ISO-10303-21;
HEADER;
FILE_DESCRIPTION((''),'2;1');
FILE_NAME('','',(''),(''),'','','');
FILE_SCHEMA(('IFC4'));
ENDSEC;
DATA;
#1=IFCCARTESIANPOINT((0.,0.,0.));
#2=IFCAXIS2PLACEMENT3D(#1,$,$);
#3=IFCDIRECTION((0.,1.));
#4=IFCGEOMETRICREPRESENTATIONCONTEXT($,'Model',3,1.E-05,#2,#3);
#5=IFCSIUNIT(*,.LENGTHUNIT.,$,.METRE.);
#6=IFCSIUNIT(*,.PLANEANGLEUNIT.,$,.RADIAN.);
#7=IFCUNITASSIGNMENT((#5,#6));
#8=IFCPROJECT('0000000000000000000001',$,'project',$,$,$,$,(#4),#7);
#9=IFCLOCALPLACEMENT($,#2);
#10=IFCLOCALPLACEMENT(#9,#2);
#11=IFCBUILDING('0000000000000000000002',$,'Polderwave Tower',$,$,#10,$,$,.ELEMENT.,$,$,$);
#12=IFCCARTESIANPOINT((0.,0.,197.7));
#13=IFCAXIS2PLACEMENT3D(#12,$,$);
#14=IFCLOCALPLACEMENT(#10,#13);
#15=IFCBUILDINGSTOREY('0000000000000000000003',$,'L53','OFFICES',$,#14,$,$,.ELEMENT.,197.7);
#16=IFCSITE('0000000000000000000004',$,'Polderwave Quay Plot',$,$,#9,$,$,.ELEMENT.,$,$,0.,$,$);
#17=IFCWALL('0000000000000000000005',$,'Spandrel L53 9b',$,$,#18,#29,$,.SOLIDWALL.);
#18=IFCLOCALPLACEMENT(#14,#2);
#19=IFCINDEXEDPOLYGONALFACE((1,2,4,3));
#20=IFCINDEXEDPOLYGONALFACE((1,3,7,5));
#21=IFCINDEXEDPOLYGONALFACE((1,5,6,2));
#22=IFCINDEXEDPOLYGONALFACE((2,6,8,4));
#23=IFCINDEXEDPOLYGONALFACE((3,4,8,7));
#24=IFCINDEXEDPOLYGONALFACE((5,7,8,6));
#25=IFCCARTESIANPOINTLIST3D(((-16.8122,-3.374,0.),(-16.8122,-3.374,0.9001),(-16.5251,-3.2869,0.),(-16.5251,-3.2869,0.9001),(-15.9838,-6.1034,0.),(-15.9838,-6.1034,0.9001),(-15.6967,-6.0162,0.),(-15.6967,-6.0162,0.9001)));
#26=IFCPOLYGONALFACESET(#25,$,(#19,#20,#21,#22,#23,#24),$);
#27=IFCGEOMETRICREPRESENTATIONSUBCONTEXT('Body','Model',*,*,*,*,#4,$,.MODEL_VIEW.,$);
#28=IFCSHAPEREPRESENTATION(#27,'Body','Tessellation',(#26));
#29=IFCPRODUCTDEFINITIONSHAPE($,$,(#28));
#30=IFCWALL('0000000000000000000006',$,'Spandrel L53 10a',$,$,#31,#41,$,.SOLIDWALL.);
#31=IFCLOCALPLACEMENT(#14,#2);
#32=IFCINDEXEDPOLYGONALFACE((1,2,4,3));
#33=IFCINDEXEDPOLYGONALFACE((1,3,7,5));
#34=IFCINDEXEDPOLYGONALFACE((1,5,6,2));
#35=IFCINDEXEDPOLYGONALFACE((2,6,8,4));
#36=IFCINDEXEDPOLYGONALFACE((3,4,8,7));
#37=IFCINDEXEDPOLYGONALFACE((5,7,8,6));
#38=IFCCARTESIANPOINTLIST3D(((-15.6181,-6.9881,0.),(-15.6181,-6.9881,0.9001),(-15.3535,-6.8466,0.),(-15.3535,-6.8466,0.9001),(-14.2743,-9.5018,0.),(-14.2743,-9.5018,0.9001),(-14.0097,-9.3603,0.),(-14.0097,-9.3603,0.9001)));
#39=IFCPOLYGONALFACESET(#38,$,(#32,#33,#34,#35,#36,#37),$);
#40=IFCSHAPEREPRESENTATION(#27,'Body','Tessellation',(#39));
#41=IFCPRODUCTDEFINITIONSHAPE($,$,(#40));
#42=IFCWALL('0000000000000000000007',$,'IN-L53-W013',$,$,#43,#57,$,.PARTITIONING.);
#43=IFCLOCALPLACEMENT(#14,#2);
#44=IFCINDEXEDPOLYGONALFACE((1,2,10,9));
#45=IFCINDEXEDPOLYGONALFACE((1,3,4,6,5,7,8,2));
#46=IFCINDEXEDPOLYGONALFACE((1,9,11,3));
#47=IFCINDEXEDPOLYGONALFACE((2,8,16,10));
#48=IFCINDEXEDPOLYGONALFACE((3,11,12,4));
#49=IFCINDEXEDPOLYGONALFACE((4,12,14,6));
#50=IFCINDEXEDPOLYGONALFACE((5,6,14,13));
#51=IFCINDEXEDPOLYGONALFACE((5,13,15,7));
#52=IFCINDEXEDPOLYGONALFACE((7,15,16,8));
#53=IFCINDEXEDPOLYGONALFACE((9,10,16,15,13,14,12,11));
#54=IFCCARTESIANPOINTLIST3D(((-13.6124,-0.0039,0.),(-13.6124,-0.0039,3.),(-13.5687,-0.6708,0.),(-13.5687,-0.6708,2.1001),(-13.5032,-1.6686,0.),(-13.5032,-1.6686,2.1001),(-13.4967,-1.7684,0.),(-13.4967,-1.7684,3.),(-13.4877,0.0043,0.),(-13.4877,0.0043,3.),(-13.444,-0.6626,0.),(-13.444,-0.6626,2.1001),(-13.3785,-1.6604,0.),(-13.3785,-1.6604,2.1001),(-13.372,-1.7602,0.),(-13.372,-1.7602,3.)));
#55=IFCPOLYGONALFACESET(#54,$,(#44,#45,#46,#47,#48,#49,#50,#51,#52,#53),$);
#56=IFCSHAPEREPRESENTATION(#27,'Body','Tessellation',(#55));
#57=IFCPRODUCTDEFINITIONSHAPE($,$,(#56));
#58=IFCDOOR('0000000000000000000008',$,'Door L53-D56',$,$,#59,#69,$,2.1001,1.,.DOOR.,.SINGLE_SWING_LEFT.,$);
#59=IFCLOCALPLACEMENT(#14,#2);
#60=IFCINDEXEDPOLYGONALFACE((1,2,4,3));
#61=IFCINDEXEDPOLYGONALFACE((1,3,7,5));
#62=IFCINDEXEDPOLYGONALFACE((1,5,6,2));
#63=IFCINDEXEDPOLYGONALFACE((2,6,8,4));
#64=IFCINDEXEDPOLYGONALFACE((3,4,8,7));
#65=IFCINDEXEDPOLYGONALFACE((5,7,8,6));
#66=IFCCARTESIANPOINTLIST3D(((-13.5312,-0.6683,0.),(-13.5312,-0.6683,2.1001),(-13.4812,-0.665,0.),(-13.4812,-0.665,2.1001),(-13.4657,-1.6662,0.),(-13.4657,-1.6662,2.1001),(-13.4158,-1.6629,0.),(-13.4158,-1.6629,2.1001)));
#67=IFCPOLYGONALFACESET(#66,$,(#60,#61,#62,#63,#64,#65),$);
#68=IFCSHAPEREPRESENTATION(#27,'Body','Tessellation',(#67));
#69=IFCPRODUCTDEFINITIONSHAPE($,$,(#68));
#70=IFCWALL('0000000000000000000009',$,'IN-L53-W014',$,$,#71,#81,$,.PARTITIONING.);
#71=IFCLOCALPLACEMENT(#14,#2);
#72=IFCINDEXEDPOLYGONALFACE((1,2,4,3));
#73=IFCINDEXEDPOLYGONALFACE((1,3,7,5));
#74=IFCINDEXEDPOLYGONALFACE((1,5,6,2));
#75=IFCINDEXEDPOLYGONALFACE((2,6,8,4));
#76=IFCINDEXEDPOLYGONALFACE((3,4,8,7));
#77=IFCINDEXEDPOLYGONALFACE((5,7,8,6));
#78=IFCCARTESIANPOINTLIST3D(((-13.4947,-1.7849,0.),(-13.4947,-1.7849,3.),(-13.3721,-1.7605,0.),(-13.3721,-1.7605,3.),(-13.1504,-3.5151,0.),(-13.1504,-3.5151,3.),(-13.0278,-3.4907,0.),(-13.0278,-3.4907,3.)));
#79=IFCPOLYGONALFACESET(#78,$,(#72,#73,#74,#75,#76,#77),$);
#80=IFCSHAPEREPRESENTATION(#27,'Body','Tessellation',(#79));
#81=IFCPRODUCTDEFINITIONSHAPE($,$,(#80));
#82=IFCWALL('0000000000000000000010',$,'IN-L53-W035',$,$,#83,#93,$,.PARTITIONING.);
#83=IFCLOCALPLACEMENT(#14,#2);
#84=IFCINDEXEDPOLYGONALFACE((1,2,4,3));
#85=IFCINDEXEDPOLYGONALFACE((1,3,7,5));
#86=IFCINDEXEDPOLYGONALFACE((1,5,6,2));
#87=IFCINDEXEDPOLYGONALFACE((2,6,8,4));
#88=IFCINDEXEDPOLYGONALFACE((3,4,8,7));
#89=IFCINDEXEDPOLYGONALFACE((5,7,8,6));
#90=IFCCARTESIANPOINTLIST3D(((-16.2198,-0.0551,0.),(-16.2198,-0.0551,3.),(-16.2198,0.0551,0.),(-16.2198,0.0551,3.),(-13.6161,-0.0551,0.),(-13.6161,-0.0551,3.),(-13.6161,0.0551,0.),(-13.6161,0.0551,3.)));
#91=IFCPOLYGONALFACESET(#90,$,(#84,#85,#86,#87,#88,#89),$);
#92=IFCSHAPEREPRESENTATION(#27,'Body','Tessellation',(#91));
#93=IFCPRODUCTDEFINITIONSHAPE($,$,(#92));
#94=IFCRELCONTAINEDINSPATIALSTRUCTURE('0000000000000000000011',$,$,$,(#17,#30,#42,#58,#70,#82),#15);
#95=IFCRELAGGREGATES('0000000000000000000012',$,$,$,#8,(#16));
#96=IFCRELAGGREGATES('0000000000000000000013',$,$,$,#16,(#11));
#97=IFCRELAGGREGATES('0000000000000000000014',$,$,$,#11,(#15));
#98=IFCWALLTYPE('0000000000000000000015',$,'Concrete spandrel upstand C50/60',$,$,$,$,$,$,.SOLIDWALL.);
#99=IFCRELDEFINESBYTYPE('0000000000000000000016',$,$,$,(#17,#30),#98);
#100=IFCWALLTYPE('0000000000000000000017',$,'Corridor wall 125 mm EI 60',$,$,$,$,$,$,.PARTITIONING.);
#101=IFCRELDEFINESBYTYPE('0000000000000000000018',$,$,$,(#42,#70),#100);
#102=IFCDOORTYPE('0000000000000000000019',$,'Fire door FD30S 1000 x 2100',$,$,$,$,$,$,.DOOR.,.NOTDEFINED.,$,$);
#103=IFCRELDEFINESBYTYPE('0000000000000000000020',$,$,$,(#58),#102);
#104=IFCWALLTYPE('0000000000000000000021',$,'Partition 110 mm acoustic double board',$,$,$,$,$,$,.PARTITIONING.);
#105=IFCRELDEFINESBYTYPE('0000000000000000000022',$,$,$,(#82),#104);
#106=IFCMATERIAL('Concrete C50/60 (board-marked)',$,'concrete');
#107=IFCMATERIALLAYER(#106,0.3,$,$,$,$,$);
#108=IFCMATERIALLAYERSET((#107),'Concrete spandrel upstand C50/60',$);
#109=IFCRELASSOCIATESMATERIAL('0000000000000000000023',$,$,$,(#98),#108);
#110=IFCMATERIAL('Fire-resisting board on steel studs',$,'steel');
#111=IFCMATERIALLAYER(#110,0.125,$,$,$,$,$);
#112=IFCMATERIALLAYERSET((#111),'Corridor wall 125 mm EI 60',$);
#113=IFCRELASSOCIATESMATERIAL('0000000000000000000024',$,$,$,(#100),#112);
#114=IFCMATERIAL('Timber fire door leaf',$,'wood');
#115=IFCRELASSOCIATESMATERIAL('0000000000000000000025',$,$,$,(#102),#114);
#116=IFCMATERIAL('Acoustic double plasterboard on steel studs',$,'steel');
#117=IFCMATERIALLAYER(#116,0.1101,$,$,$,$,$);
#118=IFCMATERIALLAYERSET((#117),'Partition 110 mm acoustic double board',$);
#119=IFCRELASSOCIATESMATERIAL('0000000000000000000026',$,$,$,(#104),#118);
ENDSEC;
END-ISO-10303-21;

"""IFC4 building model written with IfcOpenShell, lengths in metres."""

from ifc_helpers import new_model, si_unit, direction, frame, frame_2d, origin, place, context, subcontext, project, spatial, rectangle, extrude, material, layer, layer_set, type_object, element, fill, save


model = new_model("IFC4")

# Units and contexts
model_context = context("Model", 3, precision=1e-05, world=origin(), true_north=direction((0.0, 1.0)))
body_context = subcontext(model_context, "Body", "Model", "MODEL_VIEW")
ifc_project = project(units=[si_unit("LENGTHUNIT", "METRE"), si_unit("PLANEANGLEUNIT", "RADIAN")], contexts=[model_context])

# Site, building, storey
site_placement = place(None, origin())
site = spatial("IfcSite", under=ifc_project, at=site_placement, Name="Polderwave Quay Plot", CompositionType="ELEMENT", RefElevation=0.0)
building_placement = place(site_placement, origin())
building = spatial("IfcBuilding", under=site, at=building_placement, Name="Polderwave Tower", CompositionType="ELEMENT")
storey_placement = place(building_placement, frame((0.0, 0.0, 197.7)))
storey = spatial("IfcBuildingStorey", under=building, at=storey_placement, Name="L53", Description="OFFICES", CompositionType="ELEMENT", Elevation=197.7)

# Walls
ifc_material_1 = material(Name="Concrete C50/60 (board-marked)", Category="concrete")
ifc_layer_1 = layer(ifc_material_1, 0.3)
ifc_layer_set_1 = layer_set([ifc_layer_1], Name="Concrete spandrel upstand C50/60")
wall_type_1 = type_object("IfcWallType", Name="Concrete spandrel upstand C50/60", PredefinedType="SOLIDWALL", material=ifc_layer_set_1)
wall_1_placement = place(storey_placement, frame((-16.6687, -3.3303, 0.0), z_axis=(0.0, 0.0, 1.0), x_axis=(0.290433, -0.956895, 0.0)))
element("IfcWall", 1, at=wall_1_placement, inside=storey, type_object=wall_type_1, Name="Spandrel L53 9b", PredefinedType="SOLIDWALL", context=body_context, shape_type="SweptSolid", body=[
    extrude(rectangle(XDim=2.8523, YDim=0.3, at=frame_2d((1.4263, 0.0))), origin(), (0.0, 0.0, 1.0), 0.9001),
])
wall_2_placement = place(storey_placement, frame((-15.4858, -6.9172, 0.0), z_axis=(0.0, 0.0, 1.0), x_axis=(0.471442, -0.881897, 0.0)))
element("IfcWall", 2, at=wall_2_placement, inside=storey, type_object=wall_type_1, Name="Spandrel L53 10a", PredefinedType="SOLIDWALL", context=body_context, shape_type="SweptSolid", body=[
    extrude(rectangle(XDim=2.8503, YDim=0.3, at=frame_2d((1.4253, 0.0))), origin(), (0.0, 0.0, 1.0), 0.9001),
])

# Wall, opening, door
ifc_material_2 = material(Name="Fire-resisting board on steel studs", Category="steel")
ifc_layer_2 = layer(ifc_material_2, 0.125)
ifc_layer_set_2 = layer_set([ifc_layer_2], Name="Corridor wall 125 mm EI 60")
wall_type_2 = type_object("IfcWallType", Name="Corridor wall 125 mm EI 60", PredefinedType="PARTITIONING", material=ifc_layer_set_2)
wall_3_placement = place(storey_placement, frame((-13.4343, -1.7644, 0.0), z_axis=(0.0, 0.0, 1.0), x_axis=(-0.065447, 0.997856, 0.0)))
wall_3 = element("IfcWall", 3, at=wall_3_placement, inside=storey, type_object=wall_type_2, Name="IN-L53-W013", PredefinedType="PARTITIONING", context=body_context, shape_type="SweptSolid", body=[
    extrude(rectangle(XDim=1.7683, YDim=0.125, at=frame_2d((0.8843, 0.0))), origin(), (0.0, 0.0, 1.0), 3.0),
])
opening_placement = place(wall_3_placement, frame((0.1001, 0.0, 0.0)))
opening = element("IfcOpeningElement", 4, at=opening_placement, cuts=wall_3, PredefinedType="OPENING", context=body_context, shape_type="SweptSolid", body=[
    extrude(rectangle(XDim=1.0, YDim=2.1001, at=frame_2d((0.5, 1.05))), frame((0.0, 0.0725, 0.0), z_axis=(0.0, -1.0, 0.0), x_axis=(1.0, 0.0, 0.0)), (0.0, 0.0, 1.0), 0.145),
])
ifc_material_3 = material(Name="Timber fire door leaf", Category="wood")
door_type = type_object("IfcDoorType", Name="Fire door FD30S 1000 x 2100", OperationType="NOTDEFINED", PredefinedType="DOOR", material=ifc_material_3)
door_placement = place(opening_placement, origin())
door = element("IfcDoor", 5, at=door_placement, inside=storey, type_object=door_type, Name="Door L53-D56", OperationType="SINGLE_SWING_LEFT", OverallHeight=2.1001, OverallWidth=1.0, PredefinedType="DOOR", context=body_context, shape_type="SweptSolid", body=[
    extrude(rectangle(XDim=1.0, YDim=2.1001, at=frame_2d((0.5, 1.05))), frame((0.0, 0.0249, 0.0), z_axis=(0.0, -1.0, 0.0), x_axis=(1.0, 0.0, 0.0)), (0.0, 0.0, 1.0), 0.05),
])
fill(opening, door)

# Walls
wall_4_placement = place(storey_placement, frame((-13.0891, -3.5029, 0.0), z_axis=(0.0, 0.0, 1.0), x_axis=(-0.195131, 0.980777, 0.0)))
element("IfcWall", 6, at=wall_4_placement, inside=storey, type_object=wall_type_2, Name="IN-L53-W014", PredefinedType="PARTITIONING", context=body_context, shape_type="SweptSolid", body=[
    extrude(rectangle(XDim=1.7642, YDim=0.125, at=frame_2d((0.8821, 0.0))), origin(), (0.0, 0.0, 1.0), 3.0),
])
ifc_material_4 = material(Name="Acoustic double plasterboard on steel studs", Category="steel")
ifc_layer_3 = layer(ifc_material_4, 0.1101)
ifc_layer_set_3 = layer_set([ifc_layer_3], Name="Partition 110 mm acoustic double board")
wall_type_3 = type_object("IfcWallType", Name="Partition 110 mm acoustic double board", PredefinedType="PARTITIONING", material=ifc_layer_set_3)
wall_5_placement = place(storey_placement, frame((-13.6162, 0.0, 0.0), z_axis=(0.0, 0.0, 1.0), x_axis=(-1.0, 0.0, 0.0)))
element("IfcWall", 7, at=wall_5_placement, inside=storey, type_object=wall_type_3, Name="IN-L53-W035", PredefinedType="PARTITIONING", context=body_context, shape_type="SweptSolid", body=[
    extrude(rectangle(XDim=2.6038, YDim=0.1101, at=frame_2d((1.3018, 0.0))), origin(), (0.0, 0.0, 1.0), 3.0),
])

save(model, "model.ifc")
